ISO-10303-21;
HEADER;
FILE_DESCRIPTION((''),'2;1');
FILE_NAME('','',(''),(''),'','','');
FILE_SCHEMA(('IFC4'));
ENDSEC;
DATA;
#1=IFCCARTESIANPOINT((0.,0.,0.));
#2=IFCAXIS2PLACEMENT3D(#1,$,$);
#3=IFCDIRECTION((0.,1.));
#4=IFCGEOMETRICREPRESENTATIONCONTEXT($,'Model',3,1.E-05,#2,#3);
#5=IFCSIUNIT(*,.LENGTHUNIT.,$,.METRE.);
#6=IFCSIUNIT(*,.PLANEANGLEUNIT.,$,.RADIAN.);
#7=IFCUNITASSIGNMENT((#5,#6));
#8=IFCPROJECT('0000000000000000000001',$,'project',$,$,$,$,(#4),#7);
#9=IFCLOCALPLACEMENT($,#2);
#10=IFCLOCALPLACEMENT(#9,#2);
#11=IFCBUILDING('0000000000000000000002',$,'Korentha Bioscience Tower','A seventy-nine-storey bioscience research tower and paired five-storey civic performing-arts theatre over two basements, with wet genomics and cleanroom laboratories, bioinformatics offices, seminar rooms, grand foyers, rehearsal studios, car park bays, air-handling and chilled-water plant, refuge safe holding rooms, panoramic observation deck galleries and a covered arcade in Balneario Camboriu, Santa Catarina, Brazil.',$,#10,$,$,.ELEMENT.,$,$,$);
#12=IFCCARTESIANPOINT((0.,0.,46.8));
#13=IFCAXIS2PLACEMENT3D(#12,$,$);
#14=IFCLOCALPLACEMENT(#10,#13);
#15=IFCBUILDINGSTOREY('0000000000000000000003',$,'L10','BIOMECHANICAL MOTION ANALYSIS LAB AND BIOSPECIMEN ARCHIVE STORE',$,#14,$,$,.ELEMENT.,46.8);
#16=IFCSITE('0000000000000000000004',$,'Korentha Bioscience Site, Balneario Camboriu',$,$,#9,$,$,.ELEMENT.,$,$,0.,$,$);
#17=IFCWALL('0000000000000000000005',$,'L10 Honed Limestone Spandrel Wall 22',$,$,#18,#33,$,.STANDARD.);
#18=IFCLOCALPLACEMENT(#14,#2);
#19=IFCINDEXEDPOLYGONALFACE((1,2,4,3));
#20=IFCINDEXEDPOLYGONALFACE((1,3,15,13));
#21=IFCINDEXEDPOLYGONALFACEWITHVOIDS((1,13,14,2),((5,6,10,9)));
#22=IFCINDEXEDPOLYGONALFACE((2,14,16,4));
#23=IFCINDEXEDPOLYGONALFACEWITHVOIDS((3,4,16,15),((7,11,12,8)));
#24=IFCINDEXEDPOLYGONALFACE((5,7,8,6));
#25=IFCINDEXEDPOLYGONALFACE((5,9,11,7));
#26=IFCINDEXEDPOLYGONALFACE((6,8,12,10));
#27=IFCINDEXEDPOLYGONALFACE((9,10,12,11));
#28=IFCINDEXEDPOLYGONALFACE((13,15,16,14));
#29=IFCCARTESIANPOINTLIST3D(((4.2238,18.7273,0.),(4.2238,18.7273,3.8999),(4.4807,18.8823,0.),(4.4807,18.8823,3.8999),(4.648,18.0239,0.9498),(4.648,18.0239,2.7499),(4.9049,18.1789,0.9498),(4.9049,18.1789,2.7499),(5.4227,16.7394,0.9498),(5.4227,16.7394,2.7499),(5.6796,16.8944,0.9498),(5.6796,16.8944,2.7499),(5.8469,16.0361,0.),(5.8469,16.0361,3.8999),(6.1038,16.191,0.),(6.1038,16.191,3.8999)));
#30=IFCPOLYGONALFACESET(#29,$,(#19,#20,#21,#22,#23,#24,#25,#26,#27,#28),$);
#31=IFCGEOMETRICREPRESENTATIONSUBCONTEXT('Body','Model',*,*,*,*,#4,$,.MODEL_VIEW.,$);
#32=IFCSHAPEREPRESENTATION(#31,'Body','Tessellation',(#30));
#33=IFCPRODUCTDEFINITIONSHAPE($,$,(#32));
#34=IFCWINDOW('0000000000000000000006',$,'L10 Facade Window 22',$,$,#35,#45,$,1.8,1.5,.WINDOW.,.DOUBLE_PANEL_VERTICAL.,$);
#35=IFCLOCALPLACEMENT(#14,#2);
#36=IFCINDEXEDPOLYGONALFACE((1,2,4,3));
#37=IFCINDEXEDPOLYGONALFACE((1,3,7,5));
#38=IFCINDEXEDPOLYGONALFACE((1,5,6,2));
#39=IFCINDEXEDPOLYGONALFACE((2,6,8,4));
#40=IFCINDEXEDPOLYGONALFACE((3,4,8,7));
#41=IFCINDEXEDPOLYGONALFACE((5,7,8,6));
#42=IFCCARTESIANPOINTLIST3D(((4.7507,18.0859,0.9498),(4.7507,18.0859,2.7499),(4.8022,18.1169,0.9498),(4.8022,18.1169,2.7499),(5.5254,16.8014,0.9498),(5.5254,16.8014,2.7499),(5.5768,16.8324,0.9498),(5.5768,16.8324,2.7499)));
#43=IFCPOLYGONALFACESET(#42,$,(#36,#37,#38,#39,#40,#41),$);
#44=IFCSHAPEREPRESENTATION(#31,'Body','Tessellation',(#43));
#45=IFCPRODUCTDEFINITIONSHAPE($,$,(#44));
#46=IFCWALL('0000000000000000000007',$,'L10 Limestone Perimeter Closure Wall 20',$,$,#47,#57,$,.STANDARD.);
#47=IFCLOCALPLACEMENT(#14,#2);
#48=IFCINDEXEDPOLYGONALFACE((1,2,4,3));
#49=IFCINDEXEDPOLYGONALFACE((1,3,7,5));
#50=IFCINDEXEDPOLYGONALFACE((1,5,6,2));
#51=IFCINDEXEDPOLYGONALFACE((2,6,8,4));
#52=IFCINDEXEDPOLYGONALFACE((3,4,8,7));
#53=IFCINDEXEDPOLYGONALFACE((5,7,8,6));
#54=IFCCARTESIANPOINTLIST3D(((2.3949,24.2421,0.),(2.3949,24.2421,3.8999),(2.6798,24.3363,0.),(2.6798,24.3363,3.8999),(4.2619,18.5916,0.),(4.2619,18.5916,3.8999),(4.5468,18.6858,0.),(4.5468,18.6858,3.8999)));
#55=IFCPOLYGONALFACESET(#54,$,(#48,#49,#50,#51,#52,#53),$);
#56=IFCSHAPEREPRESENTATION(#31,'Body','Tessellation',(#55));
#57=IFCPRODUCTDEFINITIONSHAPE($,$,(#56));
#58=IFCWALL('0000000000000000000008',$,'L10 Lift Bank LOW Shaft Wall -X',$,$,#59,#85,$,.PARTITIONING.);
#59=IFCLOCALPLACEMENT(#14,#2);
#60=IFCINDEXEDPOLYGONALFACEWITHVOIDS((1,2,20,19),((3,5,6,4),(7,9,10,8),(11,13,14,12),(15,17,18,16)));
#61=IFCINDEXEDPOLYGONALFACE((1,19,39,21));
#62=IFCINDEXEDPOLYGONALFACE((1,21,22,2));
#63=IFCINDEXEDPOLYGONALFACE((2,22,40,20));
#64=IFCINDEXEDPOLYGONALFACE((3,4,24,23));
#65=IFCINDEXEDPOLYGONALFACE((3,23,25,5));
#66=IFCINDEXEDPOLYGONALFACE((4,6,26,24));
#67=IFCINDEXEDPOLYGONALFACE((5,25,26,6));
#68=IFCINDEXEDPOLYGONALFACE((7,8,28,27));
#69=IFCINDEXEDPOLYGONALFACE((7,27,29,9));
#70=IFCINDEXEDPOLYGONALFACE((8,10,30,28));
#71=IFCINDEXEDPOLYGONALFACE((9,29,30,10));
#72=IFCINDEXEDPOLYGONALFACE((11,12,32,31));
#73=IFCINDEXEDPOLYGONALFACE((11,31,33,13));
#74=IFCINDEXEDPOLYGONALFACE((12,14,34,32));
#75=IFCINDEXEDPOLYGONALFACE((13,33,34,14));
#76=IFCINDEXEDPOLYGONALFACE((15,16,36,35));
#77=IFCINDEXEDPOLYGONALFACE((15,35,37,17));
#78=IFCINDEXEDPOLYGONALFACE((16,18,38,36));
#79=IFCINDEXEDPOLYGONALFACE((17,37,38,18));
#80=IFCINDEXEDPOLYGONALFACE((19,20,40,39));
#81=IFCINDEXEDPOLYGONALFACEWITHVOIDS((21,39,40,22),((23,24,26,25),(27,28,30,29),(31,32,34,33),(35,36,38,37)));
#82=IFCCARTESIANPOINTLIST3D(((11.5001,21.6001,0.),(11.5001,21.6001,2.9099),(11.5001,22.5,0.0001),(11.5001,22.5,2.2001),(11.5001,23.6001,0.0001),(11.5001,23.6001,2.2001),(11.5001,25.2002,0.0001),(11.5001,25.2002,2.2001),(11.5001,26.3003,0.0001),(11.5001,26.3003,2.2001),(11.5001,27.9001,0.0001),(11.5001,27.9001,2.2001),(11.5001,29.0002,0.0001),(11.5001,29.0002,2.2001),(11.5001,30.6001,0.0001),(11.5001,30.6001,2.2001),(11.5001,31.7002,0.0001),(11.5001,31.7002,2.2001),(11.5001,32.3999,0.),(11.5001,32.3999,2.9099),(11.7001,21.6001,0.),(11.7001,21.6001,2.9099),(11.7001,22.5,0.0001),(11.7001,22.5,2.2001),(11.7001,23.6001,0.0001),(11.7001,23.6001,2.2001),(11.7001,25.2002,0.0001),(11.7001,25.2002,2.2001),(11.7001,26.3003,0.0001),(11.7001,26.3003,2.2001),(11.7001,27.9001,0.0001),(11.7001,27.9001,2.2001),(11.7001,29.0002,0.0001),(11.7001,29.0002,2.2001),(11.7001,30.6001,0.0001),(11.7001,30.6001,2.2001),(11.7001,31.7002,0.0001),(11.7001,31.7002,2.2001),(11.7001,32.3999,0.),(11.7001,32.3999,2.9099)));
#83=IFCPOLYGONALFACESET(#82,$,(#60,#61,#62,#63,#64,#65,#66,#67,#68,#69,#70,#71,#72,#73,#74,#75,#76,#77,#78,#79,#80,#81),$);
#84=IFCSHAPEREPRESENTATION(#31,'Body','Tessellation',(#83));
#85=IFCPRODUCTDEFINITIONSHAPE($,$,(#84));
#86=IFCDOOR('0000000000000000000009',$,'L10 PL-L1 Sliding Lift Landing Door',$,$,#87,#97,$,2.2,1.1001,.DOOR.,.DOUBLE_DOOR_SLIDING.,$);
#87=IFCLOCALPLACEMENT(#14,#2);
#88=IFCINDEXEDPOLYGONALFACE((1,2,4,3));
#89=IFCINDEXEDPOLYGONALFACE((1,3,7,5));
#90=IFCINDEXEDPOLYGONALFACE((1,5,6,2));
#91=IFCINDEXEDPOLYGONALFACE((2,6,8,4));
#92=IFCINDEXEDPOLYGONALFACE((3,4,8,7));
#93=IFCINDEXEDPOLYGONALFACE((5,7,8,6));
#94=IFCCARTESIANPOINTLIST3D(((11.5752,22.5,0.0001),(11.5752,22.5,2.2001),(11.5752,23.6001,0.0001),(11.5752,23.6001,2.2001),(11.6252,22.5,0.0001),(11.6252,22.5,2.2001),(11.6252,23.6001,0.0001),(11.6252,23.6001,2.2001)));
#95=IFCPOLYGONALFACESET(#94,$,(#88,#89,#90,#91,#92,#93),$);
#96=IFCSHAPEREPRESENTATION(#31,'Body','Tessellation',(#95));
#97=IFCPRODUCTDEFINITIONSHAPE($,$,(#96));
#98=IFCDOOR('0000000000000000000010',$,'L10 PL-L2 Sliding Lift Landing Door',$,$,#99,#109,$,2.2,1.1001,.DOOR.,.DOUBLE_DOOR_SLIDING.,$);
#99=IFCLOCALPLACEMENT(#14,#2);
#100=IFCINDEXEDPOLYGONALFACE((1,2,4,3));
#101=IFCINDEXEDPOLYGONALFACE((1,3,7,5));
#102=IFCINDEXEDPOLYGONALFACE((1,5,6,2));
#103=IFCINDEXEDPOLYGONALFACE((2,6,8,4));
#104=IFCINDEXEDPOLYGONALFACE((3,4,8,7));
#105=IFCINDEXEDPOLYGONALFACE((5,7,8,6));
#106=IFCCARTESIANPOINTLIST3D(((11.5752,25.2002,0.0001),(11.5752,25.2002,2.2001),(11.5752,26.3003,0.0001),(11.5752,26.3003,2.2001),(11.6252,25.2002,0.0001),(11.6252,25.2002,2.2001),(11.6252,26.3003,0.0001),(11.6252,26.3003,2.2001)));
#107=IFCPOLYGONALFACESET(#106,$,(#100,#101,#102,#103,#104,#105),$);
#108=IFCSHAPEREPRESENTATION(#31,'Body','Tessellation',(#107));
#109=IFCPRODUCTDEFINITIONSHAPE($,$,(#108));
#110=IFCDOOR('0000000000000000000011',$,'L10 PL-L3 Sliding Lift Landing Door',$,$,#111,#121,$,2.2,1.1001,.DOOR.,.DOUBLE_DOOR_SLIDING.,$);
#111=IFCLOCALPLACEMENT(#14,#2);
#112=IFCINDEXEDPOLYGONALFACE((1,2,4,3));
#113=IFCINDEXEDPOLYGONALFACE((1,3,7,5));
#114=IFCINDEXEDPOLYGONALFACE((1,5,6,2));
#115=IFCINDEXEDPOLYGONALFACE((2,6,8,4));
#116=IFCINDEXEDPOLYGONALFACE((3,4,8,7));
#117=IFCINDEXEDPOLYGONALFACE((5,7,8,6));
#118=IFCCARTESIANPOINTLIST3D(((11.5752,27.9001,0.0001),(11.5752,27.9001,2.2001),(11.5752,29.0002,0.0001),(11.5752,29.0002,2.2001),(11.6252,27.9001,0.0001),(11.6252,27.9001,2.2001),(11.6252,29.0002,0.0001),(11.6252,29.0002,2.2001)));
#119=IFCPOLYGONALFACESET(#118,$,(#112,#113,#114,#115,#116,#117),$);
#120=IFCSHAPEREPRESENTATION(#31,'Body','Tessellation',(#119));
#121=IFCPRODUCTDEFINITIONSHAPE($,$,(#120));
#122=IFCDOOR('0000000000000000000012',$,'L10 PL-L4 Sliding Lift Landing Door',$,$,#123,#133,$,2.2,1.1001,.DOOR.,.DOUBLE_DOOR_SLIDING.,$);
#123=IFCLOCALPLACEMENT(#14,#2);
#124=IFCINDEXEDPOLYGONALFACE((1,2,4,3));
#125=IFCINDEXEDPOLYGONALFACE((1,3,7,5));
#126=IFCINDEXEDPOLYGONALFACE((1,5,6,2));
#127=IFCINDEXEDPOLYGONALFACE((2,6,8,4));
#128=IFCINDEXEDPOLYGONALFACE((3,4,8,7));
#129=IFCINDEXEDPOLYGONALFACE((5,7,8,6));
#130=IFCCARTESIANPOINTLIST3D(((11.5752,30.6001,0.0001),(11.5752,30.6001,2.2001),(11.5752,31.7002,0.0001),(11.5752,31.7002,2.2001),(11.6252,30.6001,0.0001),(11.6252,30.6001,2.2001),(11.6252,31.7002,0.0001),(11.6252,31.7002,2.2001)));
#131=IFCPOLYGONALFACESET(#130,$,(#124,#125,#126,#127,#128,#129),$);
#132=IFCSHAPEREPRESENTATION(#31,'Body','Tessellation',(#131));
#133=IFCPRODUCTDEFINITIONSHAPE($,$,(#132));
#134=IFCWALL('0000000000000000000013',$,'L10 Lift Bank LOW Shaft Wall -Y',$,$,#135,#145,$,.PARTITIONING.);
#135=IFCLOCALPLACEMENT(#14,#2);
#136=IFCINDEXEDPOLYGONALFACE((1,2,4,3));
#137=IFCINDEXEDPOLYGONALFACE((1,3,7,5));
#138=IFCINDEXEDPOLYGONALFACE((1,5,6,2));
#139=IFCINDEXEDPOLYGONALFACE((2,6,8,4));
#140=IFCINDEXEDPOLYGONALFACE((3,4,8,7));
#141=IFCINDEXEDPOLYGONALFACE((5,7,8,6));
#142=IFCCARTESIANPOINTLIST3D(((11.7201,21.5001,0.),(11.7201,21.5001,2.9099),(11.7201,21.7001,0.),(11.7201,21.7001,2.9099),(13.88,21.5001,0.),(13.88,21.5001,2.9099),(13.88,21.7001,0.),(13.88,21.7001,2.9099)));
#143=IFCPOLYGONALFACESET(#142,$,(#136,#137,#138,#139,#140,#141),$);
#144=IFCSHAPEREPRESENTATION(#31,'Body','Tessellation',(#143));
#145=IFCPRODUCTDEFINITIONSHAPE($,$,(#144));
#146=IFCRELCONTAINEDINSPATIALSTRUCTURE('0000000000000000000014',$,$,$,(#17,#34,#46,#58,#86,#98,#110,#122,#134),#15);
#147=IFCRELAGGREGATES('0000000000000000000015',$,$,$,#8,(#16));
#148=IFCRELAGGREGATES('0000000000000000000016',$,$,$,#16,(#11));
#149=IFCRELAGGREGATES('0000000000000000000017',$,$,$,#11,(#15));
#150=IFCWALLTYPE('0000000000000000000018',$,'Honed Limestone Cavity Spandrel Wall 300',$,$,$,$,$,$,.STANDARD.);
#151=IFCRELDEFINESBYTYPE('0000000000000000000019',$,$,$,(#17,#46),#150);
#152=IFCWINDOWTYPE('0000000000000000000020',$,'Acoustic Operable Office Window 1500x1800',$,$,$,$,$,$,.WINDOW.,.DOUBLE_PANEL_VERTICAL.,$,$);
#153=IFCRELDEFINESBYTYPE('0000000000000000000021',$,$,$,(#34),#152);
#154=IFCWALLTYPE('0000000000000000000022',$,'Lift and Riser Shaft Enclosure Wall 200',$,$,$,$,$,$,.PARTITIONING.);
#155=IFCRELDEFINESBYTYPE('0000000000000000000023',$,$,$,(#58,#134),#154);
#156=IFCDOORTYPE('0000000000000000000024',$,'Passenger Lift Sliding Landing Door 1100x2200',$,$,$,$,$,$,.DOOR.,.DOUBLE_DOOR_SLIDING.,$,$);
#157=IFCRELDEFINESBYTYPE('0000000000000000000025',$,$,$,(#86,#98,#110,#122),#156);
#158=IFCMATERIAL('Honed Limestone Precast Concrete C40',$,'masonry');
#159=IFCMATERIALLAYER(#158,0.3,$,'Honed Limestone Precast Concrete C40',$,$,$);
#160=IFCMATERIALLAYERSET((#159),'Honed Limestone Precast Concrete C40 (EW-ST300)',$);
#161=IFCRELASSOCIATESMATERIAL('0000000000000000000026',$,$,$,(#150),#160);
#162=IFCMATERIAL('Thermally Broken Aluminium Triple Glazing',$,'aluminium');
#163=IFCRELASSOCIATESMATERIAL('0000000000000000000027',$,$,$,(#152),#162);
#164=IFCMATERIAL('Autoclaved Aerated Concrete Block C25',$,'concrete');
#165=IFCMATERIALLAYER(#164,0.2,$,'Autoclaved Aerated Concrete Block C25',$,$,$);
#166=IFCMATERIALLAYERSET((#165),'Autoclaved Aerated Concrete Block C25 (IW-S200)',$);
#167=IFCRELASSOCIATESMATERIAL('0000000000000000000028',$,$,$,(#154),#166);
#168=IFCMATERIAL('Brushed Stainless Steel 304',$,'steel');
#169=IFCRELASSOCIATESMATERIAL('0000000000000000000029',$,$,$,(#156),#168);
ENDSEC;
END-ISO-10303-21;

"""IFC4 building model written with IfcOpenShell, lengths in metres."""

from ifc_helpers import new_model, si_unit, direction, frame, frame_2d, origin, place, context, subcontext, project, spatial, rectangle, extrude, material, layer, layer_set, type_object, element, fill, save


model = new_model("IFC4")

# Units and contexts
model_context = context("Model", 3, precision=1e-05, world=origin(), true_north=direction((0.0, 1.0)))
body_context = subcontext(model_context, "Body", "Model", "MODEL_VIEW")
ifc_project = project(units=[si_unit("LENGTHUNIT", "METRE"), si_unit("PLANEANGLEUNIT", "RADIAN")], contexts=[model_context])

# Site, building, storey
site_placement = place(None, origin())
site = spatial("IfcSite", under=ifc_project, at=site_placement, Name="Korentha Bioscience Site, Balneario Camboriu", CompositionType="ELEMENT", RefElevation=0.0)
building_placement = place(site_placement, origin())
building = spatial("IfcBuilding", under=site, at=building_placement, Name="Korentha Bioscience Tower", Description="A seventy-nine-storey bioscience research tower and paired five-storey civic performing-arts theatre over two basements, with wet genomics and cleanroom laboratories, bioinformatics offices, seminar rooms, grand foyers, rehearsal studios, car park bays, air-handling and chilled-water plant, refuge safe holding rooms, panoramic observation deck galleries and a covered arcade in Balneario Camboriu, Santa Catarina, Brazil.", CompositionType="ELEMENT")
storey_placement = place(building_placement, frame((0.0, 0.0, 46.8)))
storey = spatial("IfcBuildingStorey", under=building, at=storey_placement, Name="L10", Description="BIOMECHANICAL MOTION ANALYSIS LAB AND BIOSPECIMEN ARCHIVE STORE", CompositionType="ELEMENT", Elevation=46.8)

# Wall, opening, window
ifc_material_1 = material(Name="Honed Limestone Precast Concrete C40", Category="masonry")
ifc_layer_1 = layer(ifc_material_1, 0.3, Name="Honed Limestone Precast Concrete C40")
ifc_layer_set_1 = layer_set([ifc_layer_1], Name="Honed Limestone Precast Concrete C40 (EW-ST300)")
wall_type_1 = type_object("IfcWallType", Name="Honed Limestone Cavity Spandrel Wall 300", PredefinedType="STANDARD", material=ifc_layer_set_1)
wall_1_placement = place(storey_placement, frame((4.3523, 18.8047, 0.0), z_axis=(0.0, 0.0, 1.0), x_axis=(0.516448, -0.856319, 0.0)))
wall_1 = element("IfcWall", 1, at=wall_1_placement, inside=storey, type_object=wall_type_1, Name="L10 Honed Limestone Spandrel Wall 22", PredefinedType="STANDARD", context=body_context, shape_type="SweptSolid", body=[
    extrude(rectangle(XDim=3.1428, YDim=0.3, at=frame_2d((1.5713, 0.0))), origin(), (0.0, 0.0, 1.0), 3.8999),
])
opening_1_placement = place(wall_1_placement, frame((0.8213, 0.0, 0.95)))
opening_1 = element("IfcOpeningElement", 2, at=opening_1_placement, cuts=wall_1, PredefinedType="OPENING", context=body_context, shape_type="SweptSolid", body=[
    extrude(rectangle(XDim=1.5, YDim=1.8, at=frame_2d((0.75, 0.8999))), frame((0.0, 0.165, 0.0), z_axis=(0.0, -1.0, 0.0), x_axis=(1.0, 0.0, 0.0)), (0.0, 0.0, 1.0), 0.3298),
])
ifc_material_2 = material(Name="Thermally Broken Aluminium Triple Glazing", Category="aluminium")
window_type = type_object("IfcWindowType", Name="Acoustic Operable Office Window 1500x1800", PartitioningType="DOUBLE_PANEL_VERTICAL", PredefinedType="WINDOW", material=ifc_material_2)
window_placement = place(opening_1_placement, origin())
window = element("IfcWindow", 3, at=window_placement, inside=storey, type_object=window_type, Name="L10 Facade Window 22", OverallHeight=1.8, OverallWidth=1.5, PartitioningType="DOUBLE_PANEL_VERTICAL", PredefinedType="WINDOW", context=body_context, shape_type="SweptSolid", body=[
    extrude(rectangle(XDim=1.5, YDim=1.8, at=frame_2d((0.75, 0.8999))), frame((0.0, 0.03, 0.0), z_axis=(0.0, -1.0, 0.0), x_axis=(1.0, 0.0, 0.0)), (0.0, 0.0, 1.0), 0.0601),
])
fill(opening_1, window)

# Wall
wall_2_placement = place(storey_placement, frame((2.5374, 24.2893, 0.0), z_axis=(0.0, 0.0, 1.0), x_axis=(0.313728, -0.949513, 0.0)))
element("IfcWall", 4, at=wall_2_placement, inside=storey, type_object=wall_type_1, Name="L10 Limestone Perimeter Closure Wall 20", PredefinedType="STANDARD", context=body_context, shape_type="SweptSolid", body=[
    extrude(rectangle(XDim=5.9509, YDim=0.3, at=frame_2d((2.9756, 0.0))), origin(), (0.0, 0.0, 1.0), 3.8999),
])

# Wall, openings, doors
ifc_material_3 = material(Name="Autoclaved Aerated Concrete Block C25", Category="concrete")
ifc_layer_2 = layer(ifc_material_3, 0.2, Name="Autoclaved Aerated Concrete Block C25")
ifc_layer_set_2 = layer_set([ifc_layer_2], Name="Autoclaved Aerated Concrete Block C25 (IW-S200)")
wall_type_2 = type_object("IfcWallType", Name="Lift and Riser Shaft Enclosure Wall 200", PredefinedType="PARTITIONING", material=ifc_layer_set_2)
wall_3_placement = place(storey_placement, frame((11.6001, 21.6001, 0.0), z_axis=(0.0, 0.0, 1.0), x_axis=(0.0, 1.0, 0.0)))
wall_3 = element("IfcWall", 5, at=wall_3_placement, inside=storey, type_object=wall_type_2, Name="L10 Lift Bank LOW Shaft Wall -X", PredefinedType="PARTITIONING", context=body_context, shape_type="SweptSolid", body=[
    extrude(rectangle(XDim=10.7998, YDim=0.2, at=frame_2d((5.3999, 0.0))), origin(), (0.0, 0.0, 1.0), 2.9099),
])
opening_2_placement = place(wall_3_placement, frame((0.8999, 0.0, 0.0)))
opening_2 = element("IfcOpeningElement", 6, at=opening_2_placement, cuts=wall_3, PredefinedType="OPENING", context=body_context, shape_type="SweptSolid", body=[
    extrude(rectangle(XDim=1.1001, YDim=2.2, at=frame_2d((0.55, 1.1001))), frame((0.0, 0.1147, 0.0), z_axis=(0.0, -1.0, 0.0), x_axis=(1.0, 0.0, 0.0)), (0.0, 0.0, 1.0), 0.2297),
])
opening_3_placement = place(wall_3_placement, frame((3.6001, 0.0, 0.0)))
opening_3 = element("IfcOpeningElement", 7, at=opening_3_placement, cuts=wall_3, PredefinedType="OPENING", context=body_context, shape_type="SweptSolid", body=[
    extrude(rectangle(XDim=1.1001, YDim=2.2, at=frame_2d((0.55, 1.1001))), frame((0.0, 0.1147, 0.0), z_axis=(0.0, -1.0, 0.0), x_axis=(1.0, 0.0, 0.0)), (0.0, 0.0, 1.0), 0.2297),
])
opening_4_placement = place(wall_3_placement, frame((6.3, 0.0, 0.0)))
opening_4 = element("IfcOpeningElement", 8, at=opening_4_placement, cuts=wall_3, PredefinedType="OPENING", context=body_context, shape_type="SweptSolid", body=[
    extrude(rectangle(XDim=1.1001, YDim=2.2, at=frame_2d((0.55, 1.1001))), frame((0.0, 0.1147, 0.0), z_axis=(0.0, -1.0, 0.0), x_axis=(1.0, 0.0, 0.0)), (0.0, 0.0, 1.0), 0.2297),
])
opening_5_placement = place(wall_3_placement, frame((9.0, 0.0, 0.0)))
opening_5 = element("IfcOpeningElement", 9, at=opening_5_placement, cuts=wall_3, PredefinedType="OPENING", context=body_context, shape_type="SweptSolid", body=[
    extrude(rectangle(XDim=1.1001, YDim=2.2, at=frame_2d((0.55, 1.1001))), frame((0.0, 0.1147, 0.0), z_axis=(0.0, -1.0, 0.0), x_axis=(1.0, 0.0, 0.0)), (0.0, 0.0, 1.0), 0.2297),
])
ifc_material_4 = material(Name="Brushed Stainless Steel 304", Category="steel")
door_type = type_object("IfcDoorType", Name="Passenger Lift Sliding Landing Door 1100x2200", OperationType="DOUBLE_DOOR_SLIDING", PredefinedType="DOOR", material=ifc_material_4)
door_1_placement = place(opening_2_placement, origin())
door_1 = element("IfcDoor", 10, at=door_1_placement, inside=storey, type_object=door_type, Name="L10 PL-L1 Sliding Lift Landing Door", OperationType="DOUBLE_DOOR_SLIDING", OverallHeight=2.2, OverallWidth=1.1001, PredefinedType="DOOR", context=body_context, shape_type="SweptSolid", body=[
    extrude(rectangle(XDim=1.1001, YDim=2.2, at=frame_2d((0.55, 1.1001))), frame((0.0, 0.0249, 0.0), z_axis=(0.0, -1.0, 0.0), x_axis=(1.0, 0.0, 0.0)), (0.0, 0.0, 1.0), 0.05),
])
fill(opening_2, door_1)
door_2_placement = place(opening_3_placement, origin())
door_2 = element("IfcDoor", 11, at=door_2_placement, inside=storey, type_object=door_type, Name="L10 PL-L2 Sliding Lift Landing Door", OperationType="DOUBLE_DOOR_SLIDING", OverallHeight=2.2, OverallWidth=1.1001, PredefinedType="DOOR", context=body_context, shape_type="SweptSolid", body=[
    extrude(rectangle(XDim=1.1001, YDim=2.2, at=frame_2d((0.55, 1.1001))), frame((0.0, 0.0249, 0.0), z_axis=(0.0, -1.0, 0.0), x_axis=(1.0, 0.0, 0.0)), (0.0, 0.0, 1.0), 0.05),
])
fill(opening_3, door_2)
door_3_placement = place(opening_4_placement, origin())
door_3 = element("IfcDoor", 12, at=door_3_placement, inside=storey, type_object=door_type, Name="L10 PL-L3 Sliding Lift Landing Door", OperationType="DOUBLE_DOOR_SLIDING", OverallHeight=2.2, OverallWidth=1.1001, PredefinedType="DOOR", context=body_context, shape_type="SweptSolid", body=[
    extrude(rectangle(XDim=1.1001, YDim=2.2, at=frame_2d((0.55, 1.1001))), frame((0.0, 0.0249, 0.0), z_axis=(0.0, -1.0, 0.0), x_axis=(1.0, 0.0, 0.0)), (0.0, 0.0, 1.0), 0.05),
])
fill(opening_4, door_3)
door_4_placement = place(opening_5_placement, origin())
door_4 = element("IfcDoor", 13, at=door_4_placement, inside=storey, type_object=door_type, Name="L10 PL-L4 Sliding Lift Landing Door", OperationType="DOUBLE_DOOR_SLIDING", OverallHeight=2.2, OverallWidth=1.1001, PredefinedType="DOOR", context=body_context, shape_type="SweptSolid", body=[
    extrude(rectangle(XDim=1.1001, YDim=2.2, at=frame_2d((0.55, 1.1001))), frame((0.0, 0.0249, 0.0), z_axis=(0.0, -1.0, 0.0), x_axis=(1.0, 0.0, 0.0)), (0.0, 0.0, 1.0), 0.05),
])
fill(opening_5, door_4)

# Wall
wall_4_placement = place(storey_placement, frame((11.72, 21.6001, 0.0), z_axis=(0.0, 0.0, 1.0), x_axis=(1.0, 0.0, 0.0)))
element("IfcWall", 14, at=wall_4_placement, inside=storey, type_object=wall_type_2, Name="L10 Lift Bank LOW Shaft Wall -Y", PredefinedType="PARTITIONING", context=body_context, shape_type="SweptSolid", body=[
    extrude(rectangle(XDim=2.1599, YDim=0.2, at=frame_2d((1.0801, 0.0))), origin(), (0.0, 0.0, 1.0), 2.9099),
])

save(model, "model.ifc")
